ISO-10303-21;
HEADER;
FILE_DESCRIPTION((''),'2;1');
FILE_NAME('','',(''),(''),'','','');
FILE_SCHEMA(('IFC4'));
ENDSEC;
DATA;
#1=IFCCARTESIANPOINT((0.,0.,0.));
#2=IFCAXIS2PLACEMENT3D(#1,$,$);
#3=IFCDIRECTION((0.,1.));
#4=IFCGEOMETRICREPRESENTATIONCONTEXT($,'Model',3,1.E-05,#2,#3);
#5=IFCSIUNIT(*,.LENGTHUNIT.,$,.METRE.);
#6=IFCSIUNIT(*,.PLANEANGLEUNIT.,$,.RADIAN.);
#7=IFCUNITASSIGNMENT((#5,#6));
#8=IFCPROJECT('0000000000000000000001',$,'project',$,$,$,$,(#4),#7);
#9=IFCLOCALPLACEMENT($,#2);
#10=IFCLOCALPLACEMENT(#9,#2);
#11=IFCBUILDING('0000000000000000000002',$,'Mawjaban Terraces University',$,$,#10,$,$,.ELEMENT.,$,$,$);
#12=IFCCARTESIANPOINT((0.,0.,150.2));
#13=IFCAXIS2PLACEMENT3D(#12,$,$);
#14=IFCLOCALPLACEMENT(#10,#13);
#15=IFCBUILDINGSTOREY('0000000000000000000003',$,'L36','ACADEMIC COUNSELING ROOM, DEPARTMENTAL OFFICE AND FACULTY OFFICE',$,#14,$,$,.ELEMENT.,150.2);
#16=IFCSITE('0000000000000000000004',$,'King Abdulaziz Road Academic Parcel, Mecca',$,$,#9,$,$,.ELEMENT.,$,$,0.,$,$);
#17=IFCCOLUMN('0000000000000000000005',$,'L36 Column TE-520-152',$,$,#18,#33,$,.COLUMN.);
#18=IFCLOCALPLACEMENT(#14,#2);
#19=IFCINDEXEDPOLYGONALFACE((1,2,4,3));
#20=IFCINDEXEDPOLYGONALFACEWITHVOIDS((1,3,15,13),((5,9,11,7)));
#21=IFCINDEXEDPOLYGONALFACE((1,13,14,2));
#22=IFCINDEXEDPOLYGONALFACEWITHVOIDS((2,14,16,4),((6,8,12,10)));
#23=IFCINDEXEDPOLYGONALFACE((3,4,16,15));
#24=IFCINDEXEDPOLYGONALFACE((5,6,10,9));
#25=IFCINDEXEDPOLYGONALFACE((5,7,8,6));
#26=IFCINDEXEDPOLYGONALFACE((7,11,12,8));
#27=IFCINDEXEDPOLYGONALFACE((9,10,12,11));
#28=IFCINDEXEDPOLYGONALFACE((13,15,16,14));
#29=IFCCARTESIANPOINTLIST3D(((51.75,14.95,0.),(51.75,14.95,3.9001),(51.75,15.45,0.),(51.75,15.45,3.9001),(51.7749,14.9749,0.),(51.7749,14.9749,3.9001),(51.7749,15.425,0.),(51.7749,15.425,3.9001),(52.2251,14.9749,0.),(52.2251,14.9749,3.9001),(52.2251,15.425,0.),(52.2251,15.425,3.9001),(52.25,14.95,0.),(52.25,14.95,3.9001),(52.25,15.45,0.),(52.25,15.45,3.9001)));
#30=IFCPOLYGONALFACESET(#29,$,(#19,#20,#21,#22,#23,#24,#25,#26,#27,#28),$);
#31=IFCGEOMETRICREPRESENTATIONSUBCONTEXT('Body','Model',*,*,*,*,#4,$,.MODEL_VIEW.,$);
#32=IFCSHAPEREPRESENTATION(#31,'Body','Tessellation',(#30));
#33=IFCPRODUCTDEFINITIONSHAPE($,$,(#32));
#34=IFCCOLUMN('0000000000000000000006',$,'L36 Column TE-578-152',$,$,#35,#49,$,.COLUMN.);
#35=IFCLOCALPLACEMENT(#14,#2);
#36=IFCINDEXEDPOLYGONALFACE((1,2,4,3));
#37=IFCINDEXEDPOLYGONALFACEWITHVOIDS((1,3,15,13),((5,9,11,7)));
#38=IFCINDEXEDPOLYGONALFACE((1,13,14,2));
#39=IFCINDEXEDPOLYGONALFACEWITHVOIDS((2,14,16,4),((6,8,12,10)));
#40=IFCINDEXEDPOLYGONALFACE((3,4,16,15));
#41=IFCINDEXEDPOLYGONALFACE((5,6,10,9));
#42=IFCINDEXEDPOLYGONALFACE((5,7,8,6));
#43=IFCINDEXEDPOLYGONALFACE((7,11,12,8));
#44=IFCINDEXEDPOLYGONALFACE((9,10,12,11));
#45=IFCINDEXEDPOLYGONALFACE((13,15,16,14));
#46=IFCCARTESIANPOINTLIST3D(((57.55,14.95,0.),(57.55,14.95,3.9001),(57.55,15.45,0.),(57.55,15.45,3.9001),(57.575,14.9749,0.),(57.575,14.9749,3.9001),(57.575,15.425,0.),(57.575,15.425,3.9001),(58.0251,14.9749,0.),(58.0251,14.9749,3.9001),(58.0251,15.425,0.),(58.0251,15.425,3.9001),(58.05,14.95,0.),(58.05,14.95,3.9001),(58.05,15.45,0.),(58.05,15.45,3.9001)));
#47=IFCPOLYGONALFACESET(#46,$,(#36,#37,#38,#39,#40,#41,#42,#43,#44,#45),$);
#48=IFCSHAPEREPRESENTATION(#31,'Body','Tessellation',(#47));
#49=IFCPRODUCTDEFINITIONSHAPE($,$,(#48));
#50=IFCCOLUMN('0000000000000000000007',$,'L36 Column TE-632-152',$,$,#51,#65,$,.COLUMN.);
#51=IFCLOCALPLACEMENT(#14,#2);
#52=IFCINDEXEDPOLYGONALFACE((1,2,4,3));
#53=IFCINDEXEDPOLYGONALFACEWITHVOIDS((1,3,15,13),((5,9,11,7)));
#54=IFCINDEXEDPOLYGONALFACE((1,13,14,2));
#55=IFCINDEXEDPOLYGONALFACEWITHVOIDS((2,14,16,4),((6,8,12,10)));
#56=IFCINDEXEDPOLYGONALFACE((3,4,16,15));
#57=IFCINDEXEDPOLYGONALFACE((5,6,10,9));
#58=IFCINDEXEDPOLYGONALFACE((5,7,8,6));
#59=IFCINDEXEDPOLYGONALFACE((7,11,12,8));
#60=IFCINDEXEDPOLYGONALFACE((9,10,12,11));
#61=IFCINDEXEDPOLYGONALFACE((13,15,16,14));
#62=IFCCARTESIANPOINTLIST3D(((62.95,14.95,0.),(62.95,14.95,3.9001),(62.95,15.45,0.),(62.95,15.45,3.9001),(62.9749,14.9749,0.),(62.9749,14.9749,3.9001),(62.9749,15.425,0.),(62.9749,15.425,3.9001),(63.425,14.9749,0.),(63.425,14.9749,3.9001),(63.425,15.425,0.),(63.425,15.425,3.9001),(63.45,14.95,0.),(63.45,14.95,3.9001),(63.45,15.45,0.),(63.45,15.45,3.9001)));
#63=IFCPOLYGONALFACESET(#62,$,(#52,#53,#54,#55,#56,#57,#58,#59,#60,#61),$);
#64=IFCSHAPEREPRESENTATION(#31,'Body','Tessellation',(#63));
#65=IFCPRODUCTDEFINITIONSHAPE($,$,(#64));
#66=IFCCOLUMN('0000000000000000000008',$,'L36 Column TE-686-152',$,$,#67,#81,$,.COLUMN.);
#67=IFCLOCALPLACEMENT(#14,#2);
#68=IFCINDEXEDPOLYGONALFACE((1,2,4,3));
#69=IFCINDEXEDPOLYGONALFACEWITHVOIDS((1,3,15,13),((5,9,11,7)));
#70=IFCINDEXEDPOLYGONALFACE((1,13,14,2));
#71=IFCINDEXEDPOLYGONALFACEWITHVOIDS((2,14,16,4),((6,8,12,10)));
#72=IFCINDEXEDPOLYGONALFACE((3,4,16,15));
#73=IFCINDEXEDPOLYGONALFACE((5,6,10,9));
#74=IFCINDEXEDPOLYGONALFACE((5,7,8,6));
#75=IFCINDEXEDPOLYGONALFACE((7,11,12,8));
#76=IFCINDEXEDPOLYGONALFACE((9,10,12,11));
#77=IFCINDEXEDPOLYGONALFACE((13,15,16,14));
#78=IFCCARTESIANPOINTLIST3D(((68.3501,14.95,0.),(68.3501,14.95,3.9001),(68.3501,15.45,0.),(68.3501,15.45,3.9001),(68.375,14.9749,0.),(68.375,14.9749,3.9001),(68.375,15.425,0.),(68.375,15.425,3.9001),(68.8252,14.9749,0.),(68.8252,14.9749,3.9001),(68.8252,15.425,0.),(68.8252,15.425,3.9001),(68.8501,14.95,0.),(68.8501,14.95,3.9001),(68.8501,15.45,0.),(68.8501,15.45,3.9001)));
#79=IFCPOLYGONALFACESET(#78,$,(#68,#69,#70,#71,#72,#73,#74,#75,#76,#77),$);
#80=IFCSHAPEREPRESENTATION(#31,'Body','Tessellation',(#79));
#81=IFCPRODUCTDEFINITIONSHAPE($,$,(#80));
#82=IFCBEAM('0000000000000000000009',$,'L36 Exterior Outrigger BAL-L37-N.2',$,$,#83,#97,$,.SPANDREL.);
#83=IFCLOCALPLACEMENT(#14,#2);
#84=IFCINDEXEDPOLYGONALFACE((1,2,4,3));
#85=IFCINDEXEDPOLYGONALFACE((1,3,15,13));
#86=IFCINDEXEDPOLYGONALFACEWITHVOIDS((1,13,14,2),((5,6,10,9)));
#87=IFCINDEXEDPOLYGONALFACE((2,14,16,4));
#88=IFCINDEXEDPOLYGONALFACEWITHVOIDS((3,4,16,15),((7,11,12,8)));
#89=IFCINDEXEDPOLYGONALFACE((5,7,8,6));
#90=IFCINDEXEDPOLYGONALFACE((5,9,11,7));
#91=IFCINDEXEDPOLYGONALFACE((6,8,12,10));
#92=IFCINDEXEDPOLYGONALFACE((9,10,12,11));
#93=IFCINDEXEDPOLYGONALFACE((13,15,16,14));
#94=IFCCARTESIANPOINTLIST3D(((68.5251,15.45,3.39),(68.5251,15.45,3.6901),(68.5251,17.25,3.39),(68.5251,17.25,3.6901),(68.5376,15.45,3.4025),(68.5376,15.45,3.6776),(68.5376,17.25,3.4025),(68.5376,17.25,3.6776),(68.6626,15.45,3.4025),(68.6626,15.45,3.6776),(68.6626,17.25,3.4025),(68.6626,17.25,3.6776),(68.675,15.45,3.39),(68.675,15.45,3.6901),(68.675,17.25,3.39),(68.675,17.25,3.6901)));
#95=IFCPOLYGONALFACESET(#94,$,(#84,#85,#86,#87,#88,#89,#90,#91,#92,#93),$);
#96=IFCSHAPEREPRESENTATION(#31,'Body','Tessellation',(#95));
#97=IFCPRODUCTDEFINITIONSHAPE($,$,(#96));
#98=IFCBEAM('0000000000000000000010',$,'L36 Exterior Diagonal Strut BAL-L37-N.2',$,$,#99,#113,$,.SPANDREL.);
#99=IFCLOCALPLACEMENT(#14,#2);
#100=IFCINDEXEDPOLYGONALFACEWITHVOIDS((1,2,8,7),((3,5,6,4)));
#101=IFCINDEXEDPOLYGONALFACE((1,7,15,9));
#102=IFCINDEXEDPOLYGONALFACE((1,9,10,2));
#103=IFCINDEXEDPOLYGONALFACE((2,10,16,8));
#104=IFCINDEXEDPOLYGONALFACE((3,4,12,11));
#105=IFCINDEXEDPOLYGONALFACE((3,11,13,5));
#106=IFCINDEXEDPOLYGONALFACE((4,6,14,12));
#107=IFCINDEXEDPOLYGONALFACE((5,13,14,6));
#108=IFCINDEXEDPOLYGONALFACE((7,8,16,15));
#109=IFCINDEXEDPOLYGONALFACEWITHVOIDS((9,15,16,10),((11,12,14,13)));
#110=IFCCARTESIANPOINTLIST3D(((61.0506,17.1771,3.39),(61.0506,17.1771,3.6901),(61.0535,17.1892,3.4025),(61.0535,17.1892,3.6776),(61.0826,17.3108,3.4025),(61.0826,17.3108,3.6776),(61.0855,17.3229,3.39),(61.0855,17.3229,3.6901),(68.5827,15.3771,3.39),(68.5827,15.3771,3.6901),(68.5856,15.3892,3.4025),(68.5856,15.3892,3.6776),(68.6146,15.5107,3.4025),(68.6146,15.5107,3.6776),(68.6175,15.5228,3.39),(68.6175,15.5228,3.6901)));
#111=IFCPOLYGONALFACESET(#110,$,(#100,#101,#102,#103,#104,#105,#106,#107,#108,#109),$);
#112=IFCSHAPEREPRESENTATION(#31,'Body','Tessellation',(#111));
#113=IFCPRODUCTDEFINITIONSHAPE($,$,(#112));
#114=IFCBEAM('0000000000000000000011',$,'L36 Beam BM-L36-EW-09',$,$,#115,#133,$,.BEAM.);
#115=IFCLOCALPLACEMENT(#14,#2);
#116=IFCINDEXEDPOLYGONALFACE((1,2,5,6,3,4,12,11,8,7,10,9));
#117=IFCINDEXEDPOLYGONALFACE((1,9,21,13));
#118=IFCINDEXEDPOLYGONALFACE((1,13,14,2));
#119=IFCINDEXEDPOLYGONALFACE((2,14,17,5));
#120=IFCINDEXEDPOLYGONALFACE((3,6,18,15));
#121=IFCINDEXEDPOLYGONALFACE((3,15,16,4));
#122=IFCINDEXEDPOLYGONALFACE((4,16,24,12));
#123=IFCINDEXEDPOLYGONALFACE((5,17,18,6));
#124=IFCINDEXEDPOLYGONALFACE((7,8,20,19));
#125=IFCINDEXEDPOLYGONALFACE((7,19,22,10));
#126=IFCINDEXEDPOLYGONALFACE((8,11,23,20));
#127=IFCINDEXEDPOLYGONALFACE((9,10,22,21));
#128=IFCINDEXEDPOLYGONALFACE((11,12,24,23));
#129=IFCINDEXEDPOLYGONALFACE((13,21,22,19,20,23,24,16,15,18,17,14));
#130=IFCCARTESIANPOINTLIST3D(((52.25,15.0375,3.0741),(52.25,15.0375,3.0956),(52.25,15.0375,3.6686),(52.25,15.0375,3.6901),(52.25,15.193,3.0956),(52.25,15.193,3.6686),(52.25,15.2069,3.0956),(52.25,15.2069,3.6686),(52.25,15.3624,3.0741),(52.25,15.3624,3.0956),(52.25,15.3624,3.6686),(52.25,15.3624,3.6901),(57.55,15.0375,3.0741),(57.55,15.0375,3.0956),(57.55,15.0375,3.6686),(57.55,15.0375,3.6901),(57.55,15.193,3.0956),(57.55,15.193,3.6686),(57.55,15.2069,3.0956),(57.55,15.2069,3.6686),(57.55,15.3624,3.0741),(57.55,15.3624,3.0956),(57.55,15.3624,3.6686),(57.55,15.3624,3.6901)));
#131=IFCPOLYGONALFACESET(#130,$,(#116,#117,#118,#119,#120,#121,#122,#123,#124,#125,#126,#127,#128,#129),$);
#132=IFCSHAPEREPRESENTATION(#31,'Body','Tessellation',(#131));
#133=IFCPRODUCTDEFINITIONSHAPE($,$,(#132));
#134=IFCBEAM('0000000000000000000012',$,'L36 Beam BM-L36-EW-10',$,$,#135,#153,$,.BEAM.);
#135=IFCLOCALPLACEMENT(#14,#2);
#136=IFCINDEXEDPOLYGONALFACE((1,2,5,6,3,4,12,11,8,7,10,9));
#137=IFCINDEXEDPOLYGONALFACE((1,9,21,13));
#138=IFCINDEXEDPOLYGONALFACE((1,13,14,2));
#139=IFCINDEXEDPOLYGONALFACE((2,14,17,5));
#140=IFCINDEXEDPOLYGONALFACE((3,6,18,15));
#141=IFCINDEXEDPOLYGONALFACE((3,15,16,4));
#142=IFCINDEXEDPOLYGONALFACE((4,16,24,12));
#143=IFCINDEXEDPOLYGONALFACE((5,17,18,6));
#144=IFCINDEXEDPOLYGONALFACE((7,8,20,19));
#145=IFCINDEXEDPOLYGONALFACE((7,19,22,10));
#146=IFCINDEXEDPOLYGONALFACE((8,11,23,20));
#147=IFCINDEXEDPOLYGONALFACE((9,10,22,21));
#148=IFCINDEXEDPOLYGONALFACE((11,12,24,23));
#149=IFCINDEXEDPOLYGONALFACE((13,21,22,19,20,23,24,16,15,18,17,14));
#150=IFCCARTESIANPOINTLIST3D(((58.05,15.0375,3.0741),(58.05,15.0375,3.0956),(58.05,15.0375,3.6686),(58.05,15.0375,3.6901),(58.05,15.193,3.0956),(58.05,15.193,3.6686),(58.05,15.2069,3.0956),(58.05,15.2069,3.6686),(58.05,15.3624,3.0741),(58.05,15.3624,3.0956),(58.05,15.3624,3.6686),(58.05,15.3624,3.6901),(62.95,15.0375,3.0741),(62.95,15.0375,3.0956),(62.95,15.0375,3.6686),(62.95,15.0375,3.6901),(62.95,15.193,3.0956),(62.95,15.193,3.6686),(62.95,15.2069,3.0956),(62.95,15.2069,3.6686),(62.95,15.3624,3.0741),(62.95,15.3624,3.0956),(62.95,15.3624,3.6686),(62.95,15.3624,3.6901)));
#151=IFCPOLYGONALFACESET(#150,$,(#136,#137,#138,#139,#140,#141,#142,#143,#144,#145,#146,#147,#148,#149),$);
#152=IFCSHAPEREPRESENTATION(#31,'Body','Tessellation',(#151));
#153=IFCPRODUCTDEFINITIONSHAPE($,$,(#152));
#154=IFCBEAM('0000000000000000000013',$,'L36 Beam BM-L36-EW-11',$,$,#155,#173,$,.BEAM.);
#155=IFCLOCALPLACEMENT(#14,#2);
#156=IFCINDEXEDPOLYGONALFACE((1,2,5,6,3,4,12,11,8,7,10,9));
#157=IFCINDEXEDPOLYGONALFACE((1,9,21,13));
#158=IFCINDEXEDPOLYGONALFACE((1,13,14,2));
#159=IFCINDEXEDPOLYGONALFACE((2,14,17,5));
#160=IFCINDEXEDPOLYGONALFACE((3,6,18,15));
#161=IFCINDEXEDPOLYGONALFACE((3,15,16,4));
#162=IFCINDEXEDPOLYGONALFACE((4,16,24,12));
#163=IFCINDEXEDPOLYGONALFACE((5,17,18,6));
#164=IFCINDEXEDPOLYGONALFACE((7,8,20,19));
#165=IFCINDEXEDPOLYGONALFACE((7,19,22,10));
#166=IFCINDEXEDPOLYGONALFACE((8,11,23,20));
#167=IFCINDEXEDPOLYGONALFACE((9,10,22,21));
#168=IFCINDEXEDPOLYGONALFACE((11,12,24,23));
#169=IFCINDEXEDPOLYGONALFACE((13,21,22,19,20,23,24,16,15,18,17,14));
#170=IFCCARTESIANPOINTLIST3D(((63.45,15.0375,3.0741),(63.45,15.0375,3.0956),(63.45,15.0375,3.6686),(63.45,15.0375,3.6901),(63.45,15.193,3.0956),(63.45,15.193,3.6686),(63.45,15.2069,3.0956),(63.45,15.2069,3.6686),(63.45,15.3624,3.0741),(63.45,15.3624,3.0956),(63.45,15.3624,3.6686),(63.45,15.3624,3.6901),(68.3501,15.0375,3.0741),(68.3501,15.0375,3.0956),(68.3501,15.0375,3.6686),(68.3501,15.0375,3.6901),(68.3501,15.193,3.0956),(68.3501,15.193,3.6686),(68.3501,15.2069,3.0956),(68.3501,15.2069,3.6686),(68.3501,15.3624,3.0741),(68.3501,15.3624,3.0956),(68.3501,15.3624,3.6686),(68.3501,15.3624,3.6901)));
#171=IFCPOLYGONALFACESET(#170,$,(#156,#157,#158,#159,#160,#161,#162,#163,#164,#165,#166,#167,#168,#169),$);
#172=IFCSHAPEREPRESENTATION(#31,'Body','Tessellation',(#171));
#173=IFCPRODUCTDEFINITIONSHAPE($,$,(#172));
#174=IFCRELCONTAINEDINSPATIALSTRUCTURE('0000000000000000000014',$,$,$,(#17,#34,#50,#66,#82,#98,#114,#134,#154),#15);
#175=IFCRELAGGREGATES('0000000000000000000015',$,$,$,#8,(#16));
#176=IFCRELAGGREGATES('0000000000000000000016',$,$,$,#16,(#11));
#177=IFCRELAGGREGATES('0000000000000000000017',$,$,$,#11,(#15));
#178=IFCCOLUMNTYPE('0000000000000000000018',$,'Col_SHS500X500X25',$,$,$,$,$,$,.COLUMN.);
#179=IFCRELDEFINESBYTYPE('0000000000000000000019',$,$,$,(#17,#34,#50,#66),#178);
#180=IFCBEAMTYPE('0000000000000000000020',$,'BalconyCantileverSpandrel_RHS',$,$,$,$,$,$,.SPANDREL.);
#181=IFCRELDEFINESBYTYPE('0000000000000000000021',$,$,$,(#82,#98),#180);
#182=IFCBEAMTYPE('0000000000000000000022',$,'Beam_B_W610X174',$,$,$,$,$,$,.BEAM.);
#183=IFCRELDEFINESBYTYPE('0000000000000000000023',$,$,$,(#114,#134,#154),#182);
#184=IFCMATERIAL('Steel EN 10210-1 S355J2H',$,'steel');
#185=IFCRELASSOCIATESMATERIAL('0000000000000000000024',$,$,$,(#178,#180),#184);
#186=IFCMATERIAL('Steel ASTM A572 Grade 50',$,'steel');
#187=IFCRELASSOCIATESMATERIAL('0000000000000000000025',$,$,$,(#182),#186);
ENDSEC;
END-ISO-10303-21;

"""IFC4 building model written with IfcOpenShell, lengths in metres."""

from ifc_helpers import new_model, si_unit, direction, frame, origin, origin_2d, place, context, subcontext, project, spatial, hollow_rectangle, i_section, extrude, material, material_profile, profile_set, type_object, element, save


model = new_model("IFC4")

# Units and contexts
model_context = context("Model", 3, precision=1e-05, world=origin(), true_north=direction((0.0, 1.0)))
body_context = subcontext(model_context, "Body", "Model", "MODEL_VIEW")
ifc_project = project(units=[si_unit("LENGTHUNIT", "METRE"), si_unit("PLANEANGLEUNIT", "RADIAN")], contexts=[model_context])

# Site, building, storey
site_placement = place(None, origin())
site = spatial("IfcSite", under=ifc_project, at=site_placement, Name="King Abdulaziz Road Academic Parcel, Mecca", CompositionType="ELEMENT", RefElevation=0.0)
building_placement = place(site_placement, origin())
building = spatial("IfcBuilding", under=site, at=building_placement, Name="Mawjaban Terraces University", CompositionType="ELEMENT")
storey_placement = place(building_placement, frame((0.0, 0.0, 150.2)))
storey = spatial("IfcBuildingStorey", under=building, at=storey_placement, Name="L36", Description="ACADEMIC COUNSELING ROOM, DEPARTMENTAL OFFICE AND FACULTY OFFICE", CompositionType="ELEMENT", Elevation=150.2)

# Columns
ifc_material_1 = material(Name="Steel EN 10210-1 S355J2H", Category="steel")
ifc_material_profile_1 = material_profile(ifc_material_1, hollow_rectangle(XDim=0.5, YDim=0.5, WallThickness=0.0249, at=origin_2d()), Name="SHS500X500X25")
ifc_profile_set_1 = profile_set([ifc_material_profile_1], Name="Steel EN 10210-1 S355J2H")
column_type = type_object("IfcColumnType", Name="Col_SHS500X500X25", PredefinedType="COLUMN", material=ifc_profile_set_1)
for number, where, z_axis, x_axis, name in (
    (1, (52.0, 15.2, 0.0), (0.0, 0.0, 1.0), (1.0, 0.0, 0.0), "L36 Column TE-520-152"),
    (2, (57.8, 15.2, 0.0), (0.0, 0.0, 1.0), (1.0, 0.0, 0.0), "L36 Column TE-578-152"),
    (3, (63.2, 15.2, 0.0), (0.0, 0.0, 1.0), (1.0, 0.0, 0.0), "L36 Column TE-632-152"),
    (4, (68.6001, 15.2, 0.0), (0.0, 0.0, 1.0), (1.0, 0.0, 0.0), "L36 Column TE-686-152"),
):
    element("IfcColumn", number, at=place(storey_placement, frame(where, z_axis=z_axis, x_axis=x_axis)), inside=storey, type_object=column_type, Name=name, PredefinedType="COLUMN", context=body_context, shape_type="SweptSolid", body=[
        extrude(hollow_rectangle(XDim=0.5, YDim=0.5, WallThickness=0.0249, at=origin_2d()), origin(), (0.0, 0.0, 1.0), 3.9001),
    ])

# Beams
ifc_material_profile_2 = material_profile(ifc_material_1, hollow_rectangle(XDim=0.1499, YDim=0.3, WallThickness=0.0125, at=origin_2d()), Name="RHS300X150X12.5")
ifc_profile_set_2 = profile_set([ifc_material_profile_2], Name="Steel EN 10210-1 S355J2H")
beam_type_1 = type_object("IfcBeamType", Name="BalconyCantileverSpandrel_RHS", PredefinedType="SPANDREL", material=ifc_profile_set_2)
beam_1_placement = place(storey_placement, frame((68.6001, 15.45, 3.54), z_axis=(0.0, 1.0, 0.0), x_axis=(-1.0, 0.0, 0.0)))
element("IfcBeam", 5, at=beam_1_placement, inside=storey, type_object=beam_type_1, Name="L36 Exterior Outrigger BAL-L37-N.2", PredefinedType="SPANDREL", context=body_context, shape_type="SweptSolid", body=[
    extrude(hollow_rectangle(XDim=0.1499, YDim=0.3, WallThickness=0.0125, at=origin_2d()), origin(), (0.0, 0.0, 1.0), 1.8),
])
beam_2_placement = place(storey_placement, frame((68.6001, 15.45, 3.54), z_axis=(-0.97261, 0.232442, 0.0), x_axis=(-0.232442, -0.97261, 0.0)))
element("IfcBeam", 6, at=beam_2_placement, inside=storey, type_object=beam_type_1, Name="L36 Exterior Diagonal Strut BAL-L37-N.2", PredefinedType="SPANDREL", context=body_context, shape_type="SweptSolid", body=[
    extrude(hollow_rectangle(XDim=0.1499, YDim=0.3, WallThickness=0.0125, at=origin_2d()), origin(), (0.0, 0.0, 1.0), 7.7441),
])
ifc_material_2 = material(Name="Steel ASTM A572 Grade 50", Category="steel")
ifc_material_profile_3 = material_profile(ifc_material_2, i_section(OverallWidth=0.325, OverallDepth=0.616, WebThickness=0.0139, FlangeThickness=0.0215, at=origin_2d()), Name="W610X174")
ifc_profile_set_3 = profile_set([ifc_material_profile_3], Name="Steel ASTM A572 Grade 50")
beam_type_2 = type_object("IfcBeamType", Name="Beam_B_W610X174", PredefinedType="BEAM", material=ifc_profile_set_3)
beam_3_placement = place(storey_placement, frame((52.25, 15.2, 3.3821), z_axis=(1.0, 0.0, 0.0), x_axis=(0.0, 1.0, 0.0)))
element("IfcBeam", 7, at=beam_3_placement, inside=storey, type_object=beam_type_2, Name="L36 Beam BM-L36-EW-09", PredefinedType="BEAM", context=body_context, shape_type="SweptSolid", body=[
    extrude(i_section(OverallWidth=0.325, OverallDepth=0.616, WebThickness=0.0139, FlangeThickness=0.0215, at=origin_2d()), origin(), (0.0, 0.0, 1.0), 5.3),
])
beam_4_placement = place(storey_placement, frame((58.05, 15.2, 3.3821), z_axis=(1.0, 0.0, 0.0), x_axis=(0.0, 1.0, 0.0)))
element("IfcBeam", 8, at=beam_4_placement, inside=storey, type_object=beam_type_2, Name="L36 Beam BM-L36-EW-10", PredefinedType="BEAM", context=body_context, shape_type="SweptSolid", body=[
    extrude(i_section(OverallWidth=0.325, OverallDepth=0.616, WebThickness=0.0139, FlangeThickness=0.0215, at=origin_2d()), origin(), (0.0, 0.0, 1.0), 4.8999),
])
beam_5_placement = place(storey_placement, frame((63.45, 15.2, 3.3821), z_axis=(1.0, 0.0, 0.0), x_axis=(0.0, 1.0, 0.0)))
element("IfcBeam", 9, at=beam_5_placement, inside=storey, type_object=beam_type_2, Name="L36 Beam BM-L36-EW-11", PredefinedType="BEAM", context=body_context, shape_type="SweptSolid", body=[
    extrude(i_section(OverallWidth=0.325, OverallDepth=0.616, WebThickness=0.0139, FlangeThickness=0.0215, at=origin_2d()), origin(), (0.0, 0.0, 1.0), 4.9001),
])

save(model, "model.ifc")
